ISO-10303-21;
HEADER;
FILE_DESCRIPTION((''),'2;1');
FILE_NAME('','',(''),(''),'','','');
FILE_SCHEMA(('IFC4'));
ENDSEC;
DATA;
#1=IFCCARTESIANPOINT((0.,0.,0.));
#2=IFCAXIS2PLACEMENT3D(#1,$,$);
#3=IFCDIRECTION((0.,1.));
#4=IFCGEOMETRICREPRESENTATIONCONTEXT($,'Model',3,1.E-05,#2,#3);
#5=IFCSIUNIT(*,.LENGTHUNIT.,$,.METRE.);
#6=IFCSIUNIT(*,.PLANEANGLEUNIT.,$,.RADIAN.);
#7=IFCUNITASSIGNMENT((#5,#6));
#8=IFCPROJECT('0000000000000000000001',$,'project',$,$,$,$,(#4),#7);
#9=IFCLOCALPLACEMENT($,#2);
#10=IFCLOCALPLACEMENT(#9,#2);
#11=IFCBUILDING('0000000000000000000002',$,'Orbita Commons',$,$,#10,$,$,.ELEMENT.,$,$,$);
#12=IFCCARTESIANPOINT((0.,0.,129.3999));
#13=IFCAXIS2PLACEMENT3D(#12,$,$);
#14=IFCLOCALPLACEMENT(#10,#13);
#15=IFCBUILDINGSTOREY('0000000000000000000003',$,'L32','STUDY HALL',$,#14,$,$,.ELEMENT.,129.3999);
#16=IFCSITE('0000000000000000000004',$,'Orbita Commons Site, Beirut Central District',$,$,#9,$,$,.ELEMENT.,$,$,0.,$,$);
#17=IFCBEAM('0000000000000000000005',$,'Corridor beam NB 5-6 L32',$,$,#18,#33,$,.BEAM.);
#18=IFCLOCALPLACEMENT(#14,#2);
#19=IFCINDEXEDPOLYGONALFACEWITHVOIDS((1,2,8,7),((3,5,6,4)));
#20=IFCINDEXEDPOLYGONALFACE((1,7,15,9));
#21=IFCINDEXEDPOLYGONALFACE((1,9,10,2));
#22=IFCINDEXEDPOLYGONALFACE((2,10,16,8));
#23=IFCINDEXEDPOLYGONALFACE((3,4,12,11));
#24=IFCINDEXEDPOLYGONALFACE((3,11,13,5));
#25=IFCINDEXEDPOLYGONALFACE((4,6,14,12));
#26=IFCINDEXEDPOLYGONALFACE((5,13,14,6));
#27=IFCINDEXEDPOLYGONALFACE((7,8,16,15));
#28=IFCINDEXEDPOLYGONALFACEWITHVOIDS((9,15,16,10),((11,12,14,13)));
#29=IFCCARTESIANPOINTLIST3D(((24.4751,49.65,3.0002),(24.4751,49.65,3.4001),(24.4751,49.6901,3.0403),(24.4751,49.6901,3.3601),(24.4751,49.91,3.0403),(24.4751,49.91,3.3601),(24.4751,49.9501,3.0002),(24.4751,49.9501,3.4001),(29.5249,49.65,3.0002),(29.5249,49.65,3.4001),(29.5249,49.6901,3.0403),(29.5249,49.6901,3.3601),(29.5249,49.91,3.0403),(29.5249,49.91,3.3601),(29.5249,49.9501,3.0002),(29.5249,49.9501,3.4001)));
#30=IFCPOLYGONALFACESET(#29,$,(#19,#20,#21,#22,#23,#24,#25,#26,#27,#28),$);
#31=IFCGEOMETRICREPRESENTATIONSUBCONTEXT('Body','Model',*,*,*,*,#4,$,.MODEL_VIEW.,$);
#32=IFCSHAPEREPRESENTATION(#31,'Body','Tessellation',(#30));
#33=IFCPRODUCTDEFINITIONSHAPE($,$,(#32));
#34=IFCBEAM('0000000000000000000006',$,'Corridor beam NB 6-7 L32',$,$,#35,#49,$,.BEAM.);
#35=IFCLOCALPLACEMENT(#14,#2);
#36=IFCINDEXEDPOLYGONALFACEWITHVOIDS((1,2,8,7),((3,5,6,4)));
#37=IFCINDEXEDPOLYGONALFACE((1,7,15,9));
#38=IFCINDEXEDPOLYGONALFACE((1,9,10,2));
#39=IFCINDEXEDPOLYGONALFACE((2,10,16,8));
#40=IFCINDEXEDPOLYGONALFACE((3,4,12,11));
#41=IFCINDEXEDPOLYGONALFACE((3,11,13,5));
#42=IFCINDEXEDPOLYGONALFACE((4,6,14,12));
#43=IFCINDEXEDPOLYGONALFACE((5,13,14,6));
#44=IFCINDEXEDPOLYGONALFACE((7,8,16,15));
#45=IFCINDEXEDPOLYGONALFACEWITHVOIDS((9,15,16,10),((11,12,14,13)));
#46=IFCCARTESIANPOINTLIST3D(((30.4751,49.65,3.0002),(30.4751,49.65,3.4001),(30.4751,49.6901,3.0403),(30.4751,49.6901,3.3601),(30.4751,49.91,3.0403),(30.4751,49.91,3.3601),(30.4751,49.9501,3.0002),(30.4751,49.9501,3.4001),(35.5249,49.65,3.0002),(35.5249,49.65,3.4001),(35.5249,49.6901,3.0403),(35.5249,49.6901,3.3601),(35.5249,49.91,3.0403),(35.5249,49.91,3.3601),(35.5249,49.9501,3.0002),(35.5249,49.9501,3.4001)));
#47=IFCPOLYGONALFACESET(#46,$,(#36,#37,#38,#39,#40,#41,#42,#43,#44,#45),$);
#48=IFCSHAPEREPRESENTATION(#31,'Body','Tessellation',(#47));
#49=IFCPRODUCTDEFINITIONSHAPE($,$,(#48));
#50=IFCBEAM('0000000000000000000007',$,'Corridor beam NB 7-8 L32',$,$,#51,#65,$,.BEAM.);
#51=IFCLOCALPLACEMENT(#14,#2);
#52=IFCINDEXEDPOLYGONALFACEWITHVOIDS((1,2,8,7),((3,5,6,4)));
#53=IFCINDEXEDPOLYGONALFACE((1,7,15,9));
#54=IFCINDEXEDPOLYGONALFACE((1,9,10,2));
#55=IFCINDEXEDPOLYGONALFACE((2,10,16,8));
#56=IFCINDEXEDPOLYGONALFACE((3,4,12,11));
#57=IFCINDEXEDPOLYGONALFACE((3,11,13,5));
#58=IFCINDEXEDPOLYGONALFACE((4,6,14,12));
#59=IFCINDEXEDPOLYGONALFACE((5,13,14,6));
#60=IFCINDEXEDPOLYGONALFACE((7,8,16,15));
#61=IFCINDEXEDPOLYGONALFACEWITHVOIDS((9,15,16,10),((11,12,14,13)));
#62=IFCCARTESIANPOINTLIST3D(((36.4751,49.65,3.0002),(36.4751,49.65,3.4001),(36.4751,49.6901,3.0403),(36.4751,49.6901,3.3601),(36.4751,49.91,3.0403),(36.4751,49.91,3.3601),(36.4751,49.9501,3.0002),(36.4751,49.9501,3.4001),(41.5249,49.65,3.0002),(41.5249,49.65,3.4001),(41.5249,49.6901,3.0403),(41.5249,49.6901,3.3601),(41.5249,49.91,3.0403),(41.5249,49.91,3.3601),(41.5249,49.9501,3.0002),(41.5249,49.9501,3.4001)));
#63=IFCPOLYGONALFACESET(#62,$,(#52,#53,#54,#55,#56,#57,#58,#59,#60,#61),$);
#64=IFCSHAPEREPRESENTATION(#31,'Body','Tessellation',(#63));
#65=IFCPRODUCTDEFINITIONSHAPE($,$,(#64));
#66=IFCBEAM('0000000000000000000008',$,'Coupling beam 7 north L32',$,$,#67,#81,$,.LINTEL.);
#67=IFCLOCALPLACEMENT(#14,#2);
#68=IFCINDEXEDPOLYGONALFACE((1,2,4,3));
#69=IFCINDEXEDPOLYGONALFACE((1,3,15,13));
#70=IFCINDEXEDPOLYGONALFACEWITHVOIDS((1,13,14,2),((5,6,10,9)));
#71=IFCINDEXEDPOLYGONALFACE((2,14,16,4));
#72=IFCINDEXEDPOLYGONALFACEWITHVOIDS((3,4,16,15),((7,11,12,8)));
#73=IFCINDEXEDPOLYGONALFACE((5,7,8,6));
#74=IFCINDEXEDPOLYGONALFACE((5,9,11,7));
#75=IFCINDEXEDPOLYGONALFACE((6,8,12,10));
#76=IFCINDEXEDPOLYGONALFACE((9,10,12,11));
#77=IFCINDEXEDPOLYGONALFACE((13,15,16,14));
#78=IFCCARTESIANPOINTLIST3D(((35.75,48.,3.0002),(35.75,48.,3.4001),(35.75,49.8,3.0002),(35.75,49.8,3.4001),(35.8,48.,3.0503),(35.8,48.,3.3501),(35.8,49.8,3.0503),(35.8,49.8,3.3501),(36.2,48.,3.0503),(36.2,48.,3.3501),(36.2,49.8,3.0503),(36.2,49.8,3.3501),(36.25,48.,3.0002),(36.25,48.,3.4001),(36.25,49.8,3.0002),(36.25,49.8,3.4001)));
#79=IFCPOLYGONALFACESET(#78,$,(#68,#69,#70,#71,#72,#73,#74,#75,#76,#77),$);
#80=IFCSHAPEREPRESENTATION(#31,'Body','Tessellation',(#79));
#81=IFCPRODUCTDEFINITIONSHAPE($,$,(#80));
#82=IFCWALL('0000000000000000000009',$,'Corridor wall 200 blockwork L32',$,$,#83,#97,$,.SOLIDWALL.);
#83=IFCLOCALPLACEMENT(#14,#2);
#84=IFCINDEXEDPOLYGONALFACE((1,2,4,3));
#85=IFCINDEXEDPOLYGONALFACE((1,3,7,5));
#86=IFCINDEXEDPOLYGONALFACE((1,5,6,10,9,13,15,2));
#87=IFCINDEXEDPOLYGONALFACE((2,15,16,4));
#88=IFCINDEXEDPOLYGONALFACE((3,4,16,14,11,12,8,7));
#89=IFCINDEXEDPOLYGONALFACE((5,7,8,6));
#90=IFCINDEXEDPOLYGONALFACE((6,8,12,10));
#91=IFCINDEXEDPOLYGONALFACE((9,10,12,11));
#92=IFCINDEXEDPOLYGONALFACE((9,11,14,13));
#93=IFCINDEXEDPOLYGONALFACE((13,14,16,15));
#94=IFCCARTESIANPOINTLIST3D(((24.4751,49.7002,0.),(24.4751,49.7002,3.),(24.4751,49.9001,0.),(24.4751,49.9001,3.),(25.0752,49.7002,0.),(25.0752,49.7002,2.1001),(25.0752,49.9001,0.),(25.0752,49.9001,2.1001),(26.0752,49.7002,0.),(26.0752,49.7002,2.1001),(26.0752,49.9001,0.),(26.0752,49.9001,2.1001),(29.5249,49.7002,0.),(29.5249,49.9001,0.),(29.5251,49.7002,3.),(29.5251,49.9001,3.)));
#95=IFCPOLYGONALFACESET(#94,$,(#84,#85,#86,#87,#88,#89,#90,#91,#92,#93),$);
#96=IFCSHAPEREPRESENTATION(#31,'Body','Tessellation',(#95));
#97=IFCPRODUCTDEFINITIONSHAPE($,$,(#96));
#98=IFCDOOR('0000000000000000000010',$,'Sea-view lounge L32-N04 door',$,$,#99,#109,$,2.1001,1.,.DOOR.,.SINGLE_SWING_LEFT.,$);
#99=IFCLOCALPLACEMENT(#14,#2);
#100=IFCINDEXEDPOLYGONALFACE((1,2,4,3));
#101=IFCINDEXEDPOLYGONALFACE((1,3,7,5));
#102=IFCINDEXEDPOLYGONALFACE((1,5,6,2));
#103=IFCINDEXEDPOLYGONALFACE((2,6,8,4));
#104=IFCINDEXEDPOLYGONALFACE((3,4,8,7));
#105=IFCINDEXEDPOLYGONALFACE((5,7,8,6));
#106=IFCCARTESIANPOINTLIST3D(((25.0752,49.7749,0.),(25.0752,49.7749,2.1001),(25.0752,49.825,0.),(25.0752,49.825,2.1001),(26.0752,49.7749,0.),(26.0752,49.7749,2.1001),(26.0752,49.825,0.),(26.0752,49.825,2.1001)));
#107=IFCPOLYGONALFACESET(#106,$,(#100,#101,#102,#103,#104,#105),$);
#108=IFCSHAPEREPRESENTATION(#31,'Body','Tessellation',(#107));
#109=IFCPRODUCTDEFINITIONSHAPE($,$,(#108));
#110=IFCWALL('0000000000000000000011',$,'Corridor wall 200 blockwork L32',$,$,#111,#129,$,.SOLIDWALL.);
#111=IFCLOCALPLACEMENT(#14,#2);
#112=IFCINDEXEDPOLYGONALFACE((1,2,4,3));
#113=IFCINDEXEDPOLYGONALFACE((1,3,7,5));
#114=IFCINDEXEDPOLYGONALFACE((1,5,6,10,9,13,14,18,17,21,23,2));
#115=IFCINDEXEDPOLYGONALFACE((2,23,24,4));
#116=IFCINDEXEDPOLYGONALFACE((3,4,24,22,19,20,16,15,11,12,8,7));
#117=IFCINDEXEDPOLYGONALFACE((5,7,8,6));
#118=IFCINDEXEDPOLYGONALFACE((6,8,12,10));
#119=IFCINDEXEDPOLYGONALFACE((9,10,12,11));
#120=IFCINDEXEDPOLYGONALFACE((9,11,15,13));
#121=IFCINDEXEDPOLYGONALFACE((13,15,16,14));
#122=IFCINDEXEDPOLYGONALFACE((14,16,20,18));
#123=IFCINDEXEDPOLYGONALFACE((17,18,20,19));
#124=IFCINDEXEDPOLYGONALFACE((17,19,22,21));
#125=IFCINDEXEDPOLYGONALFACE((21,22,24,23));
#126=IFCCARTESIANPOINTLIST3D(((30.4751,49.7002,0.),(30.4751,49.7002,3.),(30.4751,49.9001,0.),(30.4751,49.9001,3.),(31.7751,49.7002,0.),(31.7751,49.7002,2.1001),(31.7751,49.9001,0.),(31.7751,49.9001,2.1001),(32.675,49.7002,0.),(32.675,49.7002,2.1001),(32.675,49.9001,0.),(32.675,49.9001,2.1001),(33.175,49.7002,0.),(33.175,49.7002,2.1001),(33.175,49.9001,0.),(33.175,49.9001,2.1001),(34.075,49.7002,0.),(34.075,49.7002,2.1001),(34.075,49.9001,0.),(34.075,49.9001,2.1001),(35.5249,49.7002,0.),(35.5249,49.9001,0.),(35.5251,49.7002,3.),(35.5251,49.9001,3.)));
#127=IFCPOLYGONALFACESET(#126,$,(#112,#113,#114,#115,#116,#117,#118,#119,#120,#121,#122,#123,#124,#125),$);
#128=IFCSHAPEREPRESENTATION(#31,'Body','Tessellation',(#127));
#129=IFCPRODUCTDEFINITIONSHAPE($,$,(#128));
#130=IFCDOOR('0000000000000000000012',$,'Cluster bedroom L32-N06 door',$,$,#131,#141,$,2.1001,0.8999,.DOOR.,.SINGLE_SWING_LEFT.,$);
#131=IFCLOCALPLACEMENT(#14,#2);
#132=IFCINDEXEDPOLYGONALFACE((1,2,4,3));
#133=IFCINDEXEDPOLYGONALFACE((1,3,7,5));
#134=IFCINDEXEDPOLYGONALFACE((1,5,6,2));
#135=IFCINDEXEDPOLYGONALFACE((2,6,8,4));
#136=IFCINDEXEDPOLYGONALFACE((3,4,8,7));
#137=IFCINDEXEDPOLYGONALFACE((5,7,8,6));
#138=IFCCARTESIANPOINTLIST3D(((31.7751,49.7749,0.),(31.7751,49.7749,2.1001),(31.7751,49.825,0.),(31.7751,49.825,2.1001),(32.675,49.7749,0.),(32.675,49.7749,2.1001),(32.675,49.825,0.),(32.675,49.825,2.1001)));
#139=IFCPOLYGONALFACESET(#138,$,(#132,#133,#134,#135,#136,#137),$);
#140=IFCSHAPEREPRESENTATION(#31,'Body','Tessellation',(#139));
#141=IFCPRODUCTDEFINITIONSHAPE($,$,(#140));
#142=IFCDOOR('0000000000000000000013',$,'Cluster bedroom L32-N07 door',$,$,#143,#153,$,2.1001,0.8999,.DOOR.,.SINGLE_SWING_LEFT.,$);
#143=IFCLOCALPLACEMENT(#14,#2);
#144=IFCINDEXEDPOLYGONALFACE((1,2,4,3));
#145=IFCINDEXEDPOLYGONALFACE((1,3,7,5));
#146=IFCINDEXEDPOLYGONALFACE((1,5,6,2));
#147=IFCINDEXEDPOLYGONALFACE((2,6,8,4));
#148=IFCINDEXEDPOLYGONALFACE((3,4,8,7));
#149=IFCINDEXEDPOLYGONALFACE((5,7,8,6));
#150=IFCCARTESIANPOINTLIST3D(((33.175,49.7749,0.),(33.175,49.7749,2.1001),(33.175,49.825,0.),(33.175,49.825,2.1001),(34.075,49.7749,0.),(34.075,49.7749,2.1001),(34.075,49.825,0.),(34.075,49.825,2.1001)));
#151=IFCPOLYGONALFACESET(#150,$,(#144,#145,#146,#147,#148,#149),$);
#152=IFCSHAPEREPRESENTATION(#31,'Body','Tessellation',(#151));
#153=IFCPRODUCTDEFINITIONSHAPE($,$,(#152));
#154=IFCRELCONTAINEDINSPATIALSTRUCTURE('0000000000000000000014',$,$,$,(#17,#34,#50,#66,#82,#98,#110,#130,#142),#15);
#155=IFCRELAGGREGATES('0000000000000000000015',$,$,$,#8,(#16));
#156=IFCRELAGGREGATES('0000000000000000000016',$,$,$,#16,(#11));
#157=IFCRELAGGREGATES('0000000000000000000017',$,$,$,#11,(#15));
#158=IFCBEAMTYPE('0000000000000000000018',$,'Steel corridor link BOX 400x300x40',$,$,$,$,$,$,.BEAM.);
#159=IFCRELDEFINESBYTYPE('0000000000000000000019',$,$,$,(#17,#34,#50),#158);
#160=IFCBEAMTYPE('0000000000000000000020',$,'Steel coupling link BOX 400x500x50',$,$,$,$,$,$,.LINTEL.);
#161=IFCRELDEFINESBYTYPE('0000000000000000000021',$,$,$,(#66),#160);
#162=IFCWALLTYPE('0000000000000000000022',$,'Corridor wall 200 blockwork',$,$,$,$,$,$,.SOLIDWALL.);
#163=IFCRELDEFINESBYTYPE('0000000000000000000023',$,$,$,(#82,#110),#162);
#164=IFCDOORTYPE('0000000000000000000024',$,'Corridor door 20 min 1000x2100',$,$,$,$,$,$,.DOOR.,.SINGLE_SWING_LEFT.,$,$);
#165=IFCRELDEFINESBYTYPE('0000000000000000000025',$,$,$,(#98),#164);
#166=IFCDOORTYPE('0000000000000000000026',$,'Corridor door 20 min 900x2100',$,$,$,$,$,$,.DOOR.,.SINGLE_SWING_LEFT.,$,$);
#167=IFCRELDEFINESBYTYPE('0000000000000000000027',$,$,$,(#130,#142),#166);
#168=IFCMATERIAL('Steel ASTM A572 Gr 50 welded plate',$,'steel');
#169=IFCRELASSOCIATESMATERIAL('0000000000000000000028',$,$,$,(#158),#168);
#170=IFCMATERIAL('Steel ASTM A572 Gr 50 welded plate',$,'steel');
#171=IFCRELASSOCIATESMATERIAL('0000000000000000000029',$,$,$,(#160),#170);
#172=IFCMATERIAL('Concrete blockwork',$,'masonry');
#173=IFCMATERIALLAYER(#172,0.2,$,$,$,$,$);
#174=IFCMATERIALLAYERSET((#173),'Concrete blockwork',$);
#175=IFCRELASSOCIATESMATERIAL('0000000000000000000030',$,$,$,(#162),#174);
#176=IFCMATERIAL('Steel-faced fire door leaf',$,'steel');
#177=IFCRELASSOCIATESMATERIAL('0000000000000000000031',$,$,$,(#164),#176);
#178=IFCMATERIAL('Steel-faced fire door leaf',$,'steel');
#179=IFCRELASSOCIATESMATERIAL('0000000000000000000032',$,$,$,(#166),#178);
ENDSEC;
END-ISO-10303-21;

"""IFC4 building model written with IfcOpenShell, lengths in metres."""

from ifc_helpers import new_model, si_unit, direction, frame, frame_2d, origin, origin_2d, place, context, subcontext, project, spatial, polyline, rectangle, hollow_rectangle, outline, extrude, material, layer, layer_set, material_profile, profile_set, type_object, element, fill, save


model = new_model("IFC4")

# Units and contexts
model_context = context("Model", 3, precision=1e-05, world=origin(), true_north=direction((0.0, 1.0)))
body_context = subcontext(model_context, "Body", "Model", "MODEL_VIEW")
ifc_project = project(units=[si_unit("LENGTHUNIT", "METRE"), si_unit("PLANEANGLEUNIT", "RADIAN")], contexts=[model_context])

# Site, building, storey
site_placement = place(None, origin())
site = spatial("IfcSite", under=ifc_project, at=site_placement, Name="Orbita Commons Site, Beirut Central District", CompositionType="ELEMENT", RefElevation=0.0)
building_placement = place(site_placement, origin())
building = spatial("IfcBuilding", under=site, at=building_placement, Name="Orbita Commons", CompositionType="ELEMENT")
storey_placement = place(building_placement, frame((0.0, 0.0, 129.3999)))
storey = spatial("IfcBuildingStorey", under=building, at=storey_placement, Name="L32", Description="STUDY HALL", CompositionType="ELEMENT", Elevation=129.3999)

# Beams
ifc_material_1 = material(Name="Steel ASTM A572 Gr 50 welded plate", Category="steel")
ifc_material_profile_1 = material_profile(ifc_material_1, hollow_rectangle(XDim=0.3, YDim=0.3999, WallThickness=0.04, at=origin_2d()), Name="BOX 400x300x40")
ifc_profile_set_1 = profile_set([ifc_material_profile_1], Name="Steel ASTM A572 Gr 50 welded plate")
beam_type_1 = type_object("IfcBeamType", Name="Steel corridor link BOX 400x300x40", PredefinedType="BEAM", material=ifc_profile_set_1)
for number, where, z_axis, x_axis, name in (
    (1, (24.4751, 49.8, 3.2002), (1.0, 0.0, 0.0), (0.0, 1.0, 0.0), "Corridor beam NB 5-6 L32"),
    (2, (30.4751, 49.8, 3.2002), (1.0, 0.0, 0.0), (0.0, 1.0, 0.0), "Corridor beam NB 6-7 L32"),
    (3, (36.4751, 49.8, 3.2002), (1.0, 0.0, 0.0), (0.0, 1.0, 0.0), "Corridor beam NB 7-8 L32"),
):
    element("IfcBeam", number, at=place(storey_placement, frame(where, z_axis=z_axis, x_axis=x_axis)), inside=storey, type_object=beam_type_1, Name=name, PredefinedType="BEAM", context=body_context, shape_type="SweptSolid", body=[
        extrude(hollow_rectangle(XDim=0.3, YDim=0.3999, WallThickness=0.04, at=origin_2d()), origin(), (0.0, 0.0, 1.0), 5.0498),
    ])
ifc_material_2 = material(Name="Steel ASTM A572 Gr 50 welded plate", Category="steel")
ifc_material_profile_2 = material_profile(ifc_material_2, hollow_rectangle(XDim=0.5, YDim=0.3999, WallThickness=0.05, at=origin_2d()), Name="BOX 400x500x50")
ifc_profile_set_2 = profile_set([ifc_material_profile_2], Name="Steel ASTM A572 Gr 50 welded plate")
beam_type_2 = type_object("IfcBeamType", Name="Steel coupling link BOX 400x500x50", PredefinedType="LINTEL", material=ifc_profile_set_2)
beam_placement = place(storey_placement, frame((36.0, 48.0, 3.2002), z_axis=(0.0, 1.0, 0.0), x_axis=(-1.0, 0.0, 0.0)))
element("IfcBeam", 4, at=beam_placement, inside=storey, type_object=beam_type_2, Name="Coupling beam 7 north L32", PredefinedType="LINTEL", context=body_context, shape_type="SweptSolid", body=[
    extrude(hollow_rectangle(XDim=0.5, YDim=0.3999, WallThickness=0.05, at=origin_2d()), origin(), (0.0, 0.0, 1.0), 1.8),
])

# Wall, opening, door
ifc_material_3 = material(Name="Concrete blockwork", Category="masonry")
ifc_layer_1 = layer(ifc_material_3, 0.2)
ifc_layer_set_1 = layer_set([ifc_layer_1], Name="Concrete blockwork")
wall_type_1 = type_object("IfcWallType", Name="Corridor wall 200 blockwork", PredefinedType="SOLIDWALL", material=ifc_layer_set_1)
wall_1_placement = place(storey_placement, frame((24.4751, 49.8, 0.0), z_axis=(0.0, 0.0, 1.0), x_axis=(1.0, 0.0, 0.0)))
wall_1 = element("IfcWall", 5, at=wall_1_placement, inside=storey, type_object=wall_type_1, Name="Corridor wall 200 blockwork L32", PredefinedType="SOLIDWALL", context=body_context, shape_type="SweptSolid", body=[
    extrude(outline(polyline([(0.0, 0.0), (5.0498, 0.0), (5.05, 3.0), (0.0, 3.0), (0.0, 0.0)])), frame((0.0, 0.1001, 0.0), z_axis=(0.0, -1.0, 0.0), x_axis=(1.0, 0.0, 0.0)), (0.0, 0.0, 1.0), 0.2),
])
opening_1_placement = place(wall_1_placement, frame((0.6001, 0.0, 0.0)))
opening_1 = element("IfcOpeningElement", 6, at=opening_1_placement, cuts=wall_1, PredefinedType="OPENING", context=body_context, shape_type="SweptSolid", body=[
    extrude(rectangle(XDim=1.0, YDim=2.1001, at=frame_2d((0.5, 1.05))), frame((0.0, 0.1099, 0.0), z_axis=(0.0, -1.0, 0.0), x_axis=(1.0, 0.0, 0.0)), (0.0, 0.0, 1.0), 0.22),
])
ifc_material_4 = material(Name="Steel-faced fire door leaf", Category="steel")
door_type_1 = type_object("IfcDoorType", Name="Corridor door 20 min 1000x2100", OperationType="SINGLE_SWING_LEFT", PredefinedType="DOOR", material=ifc_material_4)
door_1_placement = place(opening_1_placement, origin())
door_1 = element("IfcDoor", 7, at=door_1_placement, inside=storey, type_object=door_type_1, Name="Sea-view lounge L32-N04 door", OperationType="SINGLE_SWING_LEFT", OverallHeight=2.1001, OverallWidth=1.0, PredefinedType="DOOR", context=body_context, shape_type="SweptSolid", body=[
    extrude(rectangle(XDim=1.0, YDim=2.1001, at=frame_2d((0.5, 1.05))), frame((0.0, 0.0249, 0.0), z_axis=(0.0, -1.0, 0.0), x_axis=(1.0, 0.0, 0.0)), (0.0, 0.0, 1.0), 0.05),
])
fill(opening_1, door_1)

# Wall, openings, doors
wall_2_placement = place(storey_placement, frame((30.4751, 49.8, 0.0), z_axis=(0.0, 0.0, 1.0), x_axis=(1.0, 0.0, 0.0)))
wall_2 = element("IfcWall", 8, at=wall_2_placement, inside=storey, type_object=wall_type_1, Name="Corridor wall 200 blockwork L32", PredefinedType="SOLIDWALL", context=body_context, shape_type="SweptSolid", body=[
    extrude(outline(polyline([(0.0, 0.0), (5.0498, 0.0), (5.05, 3.0), (0.0, 3.0), (0.0, 0.0)])), frame((0.0, 0.1001, 0.0), z_axis=(0.0, -1.0, 0.0), x_axis=(1.0, 0.0, 0.0)), (0.0, 0.0, 1.0), 0.2),
])
opening_2_placement = place(wall_2_placement, frame((1.3, 0.0, 0.0)))
opening_2 = element("IfcOpeningElement", 9, at=opening_2_placement, cuts=wall_2, PredefinedType="OPENING", context=body_context, shape_type="SweptSolid", body=[
    extrude(rectangle(XDim=0.8999, YDim=2.1001, at=frame_2d((0.45, 1.05))), frame((0.0, 0.1099, 0.0), z_axis=(0.0, -1.0, 0.0), x_axis=(1.0, 0.0, 0.0)), (0.0, 0.0, 1.0), 0.22),
])
opening_3_placement = place(wall_2_placement, frame((2.7, 0.0, 0.0)))
opening_3 = element("IfcOpeningElement", 10, at=opening_3_placement, cuts=wall_2, PredefinedType="OPENING", context=body_context, shape_type="SweptSolid", body=[
    extrude(rectangle(XDim=0.8999, YDim=2.1001, at=frame_2d((0.45, 1.05))), frame((0.0, 0.1099, 0.0), z_axis=(0.0, -1.0, 0.0), x_axis=(1.0, 0.0, 0.0)), (0.0, 0.0, 1.0), 0.22),
])
ifc_material_5 = material(Name="Steel-faced fire door leaf", Category="steel")
door_type_2 = type_object("IfcDoorType", Name="Corridor door 20 min 900x2100", OperationType="SINGLE_SWING_LEFT", PredefinedType="DOOR", material=ifc_material_5)
door_2_placement = place(opening_2_placement, origin())
door_2 = element("IfcDoor", 11, at=door_2_placement, inside=storey, type_object=door_type_2, Name="Cluster bedroom L32-N06 door", OperationType="SINGLE_SWING_LEFT", OverallHeight=2.1001, OverallWidth=0.8999, PredefinedType="DOOR", context=body_context, shape_type="SweptSolid", body=[
    extrude(rectangle(XDim=0.8999, YDim=2.1001, at=frame_2d((0.45, 1.05))), frame((0.0, 0.0249, 0.0), z_axis=(0.0, -1.0, 0.0), x_axis=(1.0, 0.0, 0.0)), (0.0, 0.0, 1.0), 0.05),
])
fill(opening_2, door_2)
door_3_placement = place(opening_3_placement, origin())
door_3 = element("IfcDoor", 12, at=door_3_placement, inside=storey, type_object=door_type_2, Name="Cluster bedroom L32-N07 door", OperationType="SINGLE_SWING_LEFT", OverallHeight=2.1001, OverallWidth=0.8999, PredefinedType="DOOR", context=body_context, shape_type="SweptSolid", body=[
    extrude(rectangle(XDim=0.8999, YDim=2.1001, at=frame_2d((0.45, 1.05))), frame((0.0, 0.0249, 0.0), z_axis=(0.0, -1.0, 0.0), x_axis=(1.0, 0.0, 0.0)), (0.0, 0.0, 1.0), 0.05),
])
fill(opening_3, door_3)

save(model, "model.ifc")
